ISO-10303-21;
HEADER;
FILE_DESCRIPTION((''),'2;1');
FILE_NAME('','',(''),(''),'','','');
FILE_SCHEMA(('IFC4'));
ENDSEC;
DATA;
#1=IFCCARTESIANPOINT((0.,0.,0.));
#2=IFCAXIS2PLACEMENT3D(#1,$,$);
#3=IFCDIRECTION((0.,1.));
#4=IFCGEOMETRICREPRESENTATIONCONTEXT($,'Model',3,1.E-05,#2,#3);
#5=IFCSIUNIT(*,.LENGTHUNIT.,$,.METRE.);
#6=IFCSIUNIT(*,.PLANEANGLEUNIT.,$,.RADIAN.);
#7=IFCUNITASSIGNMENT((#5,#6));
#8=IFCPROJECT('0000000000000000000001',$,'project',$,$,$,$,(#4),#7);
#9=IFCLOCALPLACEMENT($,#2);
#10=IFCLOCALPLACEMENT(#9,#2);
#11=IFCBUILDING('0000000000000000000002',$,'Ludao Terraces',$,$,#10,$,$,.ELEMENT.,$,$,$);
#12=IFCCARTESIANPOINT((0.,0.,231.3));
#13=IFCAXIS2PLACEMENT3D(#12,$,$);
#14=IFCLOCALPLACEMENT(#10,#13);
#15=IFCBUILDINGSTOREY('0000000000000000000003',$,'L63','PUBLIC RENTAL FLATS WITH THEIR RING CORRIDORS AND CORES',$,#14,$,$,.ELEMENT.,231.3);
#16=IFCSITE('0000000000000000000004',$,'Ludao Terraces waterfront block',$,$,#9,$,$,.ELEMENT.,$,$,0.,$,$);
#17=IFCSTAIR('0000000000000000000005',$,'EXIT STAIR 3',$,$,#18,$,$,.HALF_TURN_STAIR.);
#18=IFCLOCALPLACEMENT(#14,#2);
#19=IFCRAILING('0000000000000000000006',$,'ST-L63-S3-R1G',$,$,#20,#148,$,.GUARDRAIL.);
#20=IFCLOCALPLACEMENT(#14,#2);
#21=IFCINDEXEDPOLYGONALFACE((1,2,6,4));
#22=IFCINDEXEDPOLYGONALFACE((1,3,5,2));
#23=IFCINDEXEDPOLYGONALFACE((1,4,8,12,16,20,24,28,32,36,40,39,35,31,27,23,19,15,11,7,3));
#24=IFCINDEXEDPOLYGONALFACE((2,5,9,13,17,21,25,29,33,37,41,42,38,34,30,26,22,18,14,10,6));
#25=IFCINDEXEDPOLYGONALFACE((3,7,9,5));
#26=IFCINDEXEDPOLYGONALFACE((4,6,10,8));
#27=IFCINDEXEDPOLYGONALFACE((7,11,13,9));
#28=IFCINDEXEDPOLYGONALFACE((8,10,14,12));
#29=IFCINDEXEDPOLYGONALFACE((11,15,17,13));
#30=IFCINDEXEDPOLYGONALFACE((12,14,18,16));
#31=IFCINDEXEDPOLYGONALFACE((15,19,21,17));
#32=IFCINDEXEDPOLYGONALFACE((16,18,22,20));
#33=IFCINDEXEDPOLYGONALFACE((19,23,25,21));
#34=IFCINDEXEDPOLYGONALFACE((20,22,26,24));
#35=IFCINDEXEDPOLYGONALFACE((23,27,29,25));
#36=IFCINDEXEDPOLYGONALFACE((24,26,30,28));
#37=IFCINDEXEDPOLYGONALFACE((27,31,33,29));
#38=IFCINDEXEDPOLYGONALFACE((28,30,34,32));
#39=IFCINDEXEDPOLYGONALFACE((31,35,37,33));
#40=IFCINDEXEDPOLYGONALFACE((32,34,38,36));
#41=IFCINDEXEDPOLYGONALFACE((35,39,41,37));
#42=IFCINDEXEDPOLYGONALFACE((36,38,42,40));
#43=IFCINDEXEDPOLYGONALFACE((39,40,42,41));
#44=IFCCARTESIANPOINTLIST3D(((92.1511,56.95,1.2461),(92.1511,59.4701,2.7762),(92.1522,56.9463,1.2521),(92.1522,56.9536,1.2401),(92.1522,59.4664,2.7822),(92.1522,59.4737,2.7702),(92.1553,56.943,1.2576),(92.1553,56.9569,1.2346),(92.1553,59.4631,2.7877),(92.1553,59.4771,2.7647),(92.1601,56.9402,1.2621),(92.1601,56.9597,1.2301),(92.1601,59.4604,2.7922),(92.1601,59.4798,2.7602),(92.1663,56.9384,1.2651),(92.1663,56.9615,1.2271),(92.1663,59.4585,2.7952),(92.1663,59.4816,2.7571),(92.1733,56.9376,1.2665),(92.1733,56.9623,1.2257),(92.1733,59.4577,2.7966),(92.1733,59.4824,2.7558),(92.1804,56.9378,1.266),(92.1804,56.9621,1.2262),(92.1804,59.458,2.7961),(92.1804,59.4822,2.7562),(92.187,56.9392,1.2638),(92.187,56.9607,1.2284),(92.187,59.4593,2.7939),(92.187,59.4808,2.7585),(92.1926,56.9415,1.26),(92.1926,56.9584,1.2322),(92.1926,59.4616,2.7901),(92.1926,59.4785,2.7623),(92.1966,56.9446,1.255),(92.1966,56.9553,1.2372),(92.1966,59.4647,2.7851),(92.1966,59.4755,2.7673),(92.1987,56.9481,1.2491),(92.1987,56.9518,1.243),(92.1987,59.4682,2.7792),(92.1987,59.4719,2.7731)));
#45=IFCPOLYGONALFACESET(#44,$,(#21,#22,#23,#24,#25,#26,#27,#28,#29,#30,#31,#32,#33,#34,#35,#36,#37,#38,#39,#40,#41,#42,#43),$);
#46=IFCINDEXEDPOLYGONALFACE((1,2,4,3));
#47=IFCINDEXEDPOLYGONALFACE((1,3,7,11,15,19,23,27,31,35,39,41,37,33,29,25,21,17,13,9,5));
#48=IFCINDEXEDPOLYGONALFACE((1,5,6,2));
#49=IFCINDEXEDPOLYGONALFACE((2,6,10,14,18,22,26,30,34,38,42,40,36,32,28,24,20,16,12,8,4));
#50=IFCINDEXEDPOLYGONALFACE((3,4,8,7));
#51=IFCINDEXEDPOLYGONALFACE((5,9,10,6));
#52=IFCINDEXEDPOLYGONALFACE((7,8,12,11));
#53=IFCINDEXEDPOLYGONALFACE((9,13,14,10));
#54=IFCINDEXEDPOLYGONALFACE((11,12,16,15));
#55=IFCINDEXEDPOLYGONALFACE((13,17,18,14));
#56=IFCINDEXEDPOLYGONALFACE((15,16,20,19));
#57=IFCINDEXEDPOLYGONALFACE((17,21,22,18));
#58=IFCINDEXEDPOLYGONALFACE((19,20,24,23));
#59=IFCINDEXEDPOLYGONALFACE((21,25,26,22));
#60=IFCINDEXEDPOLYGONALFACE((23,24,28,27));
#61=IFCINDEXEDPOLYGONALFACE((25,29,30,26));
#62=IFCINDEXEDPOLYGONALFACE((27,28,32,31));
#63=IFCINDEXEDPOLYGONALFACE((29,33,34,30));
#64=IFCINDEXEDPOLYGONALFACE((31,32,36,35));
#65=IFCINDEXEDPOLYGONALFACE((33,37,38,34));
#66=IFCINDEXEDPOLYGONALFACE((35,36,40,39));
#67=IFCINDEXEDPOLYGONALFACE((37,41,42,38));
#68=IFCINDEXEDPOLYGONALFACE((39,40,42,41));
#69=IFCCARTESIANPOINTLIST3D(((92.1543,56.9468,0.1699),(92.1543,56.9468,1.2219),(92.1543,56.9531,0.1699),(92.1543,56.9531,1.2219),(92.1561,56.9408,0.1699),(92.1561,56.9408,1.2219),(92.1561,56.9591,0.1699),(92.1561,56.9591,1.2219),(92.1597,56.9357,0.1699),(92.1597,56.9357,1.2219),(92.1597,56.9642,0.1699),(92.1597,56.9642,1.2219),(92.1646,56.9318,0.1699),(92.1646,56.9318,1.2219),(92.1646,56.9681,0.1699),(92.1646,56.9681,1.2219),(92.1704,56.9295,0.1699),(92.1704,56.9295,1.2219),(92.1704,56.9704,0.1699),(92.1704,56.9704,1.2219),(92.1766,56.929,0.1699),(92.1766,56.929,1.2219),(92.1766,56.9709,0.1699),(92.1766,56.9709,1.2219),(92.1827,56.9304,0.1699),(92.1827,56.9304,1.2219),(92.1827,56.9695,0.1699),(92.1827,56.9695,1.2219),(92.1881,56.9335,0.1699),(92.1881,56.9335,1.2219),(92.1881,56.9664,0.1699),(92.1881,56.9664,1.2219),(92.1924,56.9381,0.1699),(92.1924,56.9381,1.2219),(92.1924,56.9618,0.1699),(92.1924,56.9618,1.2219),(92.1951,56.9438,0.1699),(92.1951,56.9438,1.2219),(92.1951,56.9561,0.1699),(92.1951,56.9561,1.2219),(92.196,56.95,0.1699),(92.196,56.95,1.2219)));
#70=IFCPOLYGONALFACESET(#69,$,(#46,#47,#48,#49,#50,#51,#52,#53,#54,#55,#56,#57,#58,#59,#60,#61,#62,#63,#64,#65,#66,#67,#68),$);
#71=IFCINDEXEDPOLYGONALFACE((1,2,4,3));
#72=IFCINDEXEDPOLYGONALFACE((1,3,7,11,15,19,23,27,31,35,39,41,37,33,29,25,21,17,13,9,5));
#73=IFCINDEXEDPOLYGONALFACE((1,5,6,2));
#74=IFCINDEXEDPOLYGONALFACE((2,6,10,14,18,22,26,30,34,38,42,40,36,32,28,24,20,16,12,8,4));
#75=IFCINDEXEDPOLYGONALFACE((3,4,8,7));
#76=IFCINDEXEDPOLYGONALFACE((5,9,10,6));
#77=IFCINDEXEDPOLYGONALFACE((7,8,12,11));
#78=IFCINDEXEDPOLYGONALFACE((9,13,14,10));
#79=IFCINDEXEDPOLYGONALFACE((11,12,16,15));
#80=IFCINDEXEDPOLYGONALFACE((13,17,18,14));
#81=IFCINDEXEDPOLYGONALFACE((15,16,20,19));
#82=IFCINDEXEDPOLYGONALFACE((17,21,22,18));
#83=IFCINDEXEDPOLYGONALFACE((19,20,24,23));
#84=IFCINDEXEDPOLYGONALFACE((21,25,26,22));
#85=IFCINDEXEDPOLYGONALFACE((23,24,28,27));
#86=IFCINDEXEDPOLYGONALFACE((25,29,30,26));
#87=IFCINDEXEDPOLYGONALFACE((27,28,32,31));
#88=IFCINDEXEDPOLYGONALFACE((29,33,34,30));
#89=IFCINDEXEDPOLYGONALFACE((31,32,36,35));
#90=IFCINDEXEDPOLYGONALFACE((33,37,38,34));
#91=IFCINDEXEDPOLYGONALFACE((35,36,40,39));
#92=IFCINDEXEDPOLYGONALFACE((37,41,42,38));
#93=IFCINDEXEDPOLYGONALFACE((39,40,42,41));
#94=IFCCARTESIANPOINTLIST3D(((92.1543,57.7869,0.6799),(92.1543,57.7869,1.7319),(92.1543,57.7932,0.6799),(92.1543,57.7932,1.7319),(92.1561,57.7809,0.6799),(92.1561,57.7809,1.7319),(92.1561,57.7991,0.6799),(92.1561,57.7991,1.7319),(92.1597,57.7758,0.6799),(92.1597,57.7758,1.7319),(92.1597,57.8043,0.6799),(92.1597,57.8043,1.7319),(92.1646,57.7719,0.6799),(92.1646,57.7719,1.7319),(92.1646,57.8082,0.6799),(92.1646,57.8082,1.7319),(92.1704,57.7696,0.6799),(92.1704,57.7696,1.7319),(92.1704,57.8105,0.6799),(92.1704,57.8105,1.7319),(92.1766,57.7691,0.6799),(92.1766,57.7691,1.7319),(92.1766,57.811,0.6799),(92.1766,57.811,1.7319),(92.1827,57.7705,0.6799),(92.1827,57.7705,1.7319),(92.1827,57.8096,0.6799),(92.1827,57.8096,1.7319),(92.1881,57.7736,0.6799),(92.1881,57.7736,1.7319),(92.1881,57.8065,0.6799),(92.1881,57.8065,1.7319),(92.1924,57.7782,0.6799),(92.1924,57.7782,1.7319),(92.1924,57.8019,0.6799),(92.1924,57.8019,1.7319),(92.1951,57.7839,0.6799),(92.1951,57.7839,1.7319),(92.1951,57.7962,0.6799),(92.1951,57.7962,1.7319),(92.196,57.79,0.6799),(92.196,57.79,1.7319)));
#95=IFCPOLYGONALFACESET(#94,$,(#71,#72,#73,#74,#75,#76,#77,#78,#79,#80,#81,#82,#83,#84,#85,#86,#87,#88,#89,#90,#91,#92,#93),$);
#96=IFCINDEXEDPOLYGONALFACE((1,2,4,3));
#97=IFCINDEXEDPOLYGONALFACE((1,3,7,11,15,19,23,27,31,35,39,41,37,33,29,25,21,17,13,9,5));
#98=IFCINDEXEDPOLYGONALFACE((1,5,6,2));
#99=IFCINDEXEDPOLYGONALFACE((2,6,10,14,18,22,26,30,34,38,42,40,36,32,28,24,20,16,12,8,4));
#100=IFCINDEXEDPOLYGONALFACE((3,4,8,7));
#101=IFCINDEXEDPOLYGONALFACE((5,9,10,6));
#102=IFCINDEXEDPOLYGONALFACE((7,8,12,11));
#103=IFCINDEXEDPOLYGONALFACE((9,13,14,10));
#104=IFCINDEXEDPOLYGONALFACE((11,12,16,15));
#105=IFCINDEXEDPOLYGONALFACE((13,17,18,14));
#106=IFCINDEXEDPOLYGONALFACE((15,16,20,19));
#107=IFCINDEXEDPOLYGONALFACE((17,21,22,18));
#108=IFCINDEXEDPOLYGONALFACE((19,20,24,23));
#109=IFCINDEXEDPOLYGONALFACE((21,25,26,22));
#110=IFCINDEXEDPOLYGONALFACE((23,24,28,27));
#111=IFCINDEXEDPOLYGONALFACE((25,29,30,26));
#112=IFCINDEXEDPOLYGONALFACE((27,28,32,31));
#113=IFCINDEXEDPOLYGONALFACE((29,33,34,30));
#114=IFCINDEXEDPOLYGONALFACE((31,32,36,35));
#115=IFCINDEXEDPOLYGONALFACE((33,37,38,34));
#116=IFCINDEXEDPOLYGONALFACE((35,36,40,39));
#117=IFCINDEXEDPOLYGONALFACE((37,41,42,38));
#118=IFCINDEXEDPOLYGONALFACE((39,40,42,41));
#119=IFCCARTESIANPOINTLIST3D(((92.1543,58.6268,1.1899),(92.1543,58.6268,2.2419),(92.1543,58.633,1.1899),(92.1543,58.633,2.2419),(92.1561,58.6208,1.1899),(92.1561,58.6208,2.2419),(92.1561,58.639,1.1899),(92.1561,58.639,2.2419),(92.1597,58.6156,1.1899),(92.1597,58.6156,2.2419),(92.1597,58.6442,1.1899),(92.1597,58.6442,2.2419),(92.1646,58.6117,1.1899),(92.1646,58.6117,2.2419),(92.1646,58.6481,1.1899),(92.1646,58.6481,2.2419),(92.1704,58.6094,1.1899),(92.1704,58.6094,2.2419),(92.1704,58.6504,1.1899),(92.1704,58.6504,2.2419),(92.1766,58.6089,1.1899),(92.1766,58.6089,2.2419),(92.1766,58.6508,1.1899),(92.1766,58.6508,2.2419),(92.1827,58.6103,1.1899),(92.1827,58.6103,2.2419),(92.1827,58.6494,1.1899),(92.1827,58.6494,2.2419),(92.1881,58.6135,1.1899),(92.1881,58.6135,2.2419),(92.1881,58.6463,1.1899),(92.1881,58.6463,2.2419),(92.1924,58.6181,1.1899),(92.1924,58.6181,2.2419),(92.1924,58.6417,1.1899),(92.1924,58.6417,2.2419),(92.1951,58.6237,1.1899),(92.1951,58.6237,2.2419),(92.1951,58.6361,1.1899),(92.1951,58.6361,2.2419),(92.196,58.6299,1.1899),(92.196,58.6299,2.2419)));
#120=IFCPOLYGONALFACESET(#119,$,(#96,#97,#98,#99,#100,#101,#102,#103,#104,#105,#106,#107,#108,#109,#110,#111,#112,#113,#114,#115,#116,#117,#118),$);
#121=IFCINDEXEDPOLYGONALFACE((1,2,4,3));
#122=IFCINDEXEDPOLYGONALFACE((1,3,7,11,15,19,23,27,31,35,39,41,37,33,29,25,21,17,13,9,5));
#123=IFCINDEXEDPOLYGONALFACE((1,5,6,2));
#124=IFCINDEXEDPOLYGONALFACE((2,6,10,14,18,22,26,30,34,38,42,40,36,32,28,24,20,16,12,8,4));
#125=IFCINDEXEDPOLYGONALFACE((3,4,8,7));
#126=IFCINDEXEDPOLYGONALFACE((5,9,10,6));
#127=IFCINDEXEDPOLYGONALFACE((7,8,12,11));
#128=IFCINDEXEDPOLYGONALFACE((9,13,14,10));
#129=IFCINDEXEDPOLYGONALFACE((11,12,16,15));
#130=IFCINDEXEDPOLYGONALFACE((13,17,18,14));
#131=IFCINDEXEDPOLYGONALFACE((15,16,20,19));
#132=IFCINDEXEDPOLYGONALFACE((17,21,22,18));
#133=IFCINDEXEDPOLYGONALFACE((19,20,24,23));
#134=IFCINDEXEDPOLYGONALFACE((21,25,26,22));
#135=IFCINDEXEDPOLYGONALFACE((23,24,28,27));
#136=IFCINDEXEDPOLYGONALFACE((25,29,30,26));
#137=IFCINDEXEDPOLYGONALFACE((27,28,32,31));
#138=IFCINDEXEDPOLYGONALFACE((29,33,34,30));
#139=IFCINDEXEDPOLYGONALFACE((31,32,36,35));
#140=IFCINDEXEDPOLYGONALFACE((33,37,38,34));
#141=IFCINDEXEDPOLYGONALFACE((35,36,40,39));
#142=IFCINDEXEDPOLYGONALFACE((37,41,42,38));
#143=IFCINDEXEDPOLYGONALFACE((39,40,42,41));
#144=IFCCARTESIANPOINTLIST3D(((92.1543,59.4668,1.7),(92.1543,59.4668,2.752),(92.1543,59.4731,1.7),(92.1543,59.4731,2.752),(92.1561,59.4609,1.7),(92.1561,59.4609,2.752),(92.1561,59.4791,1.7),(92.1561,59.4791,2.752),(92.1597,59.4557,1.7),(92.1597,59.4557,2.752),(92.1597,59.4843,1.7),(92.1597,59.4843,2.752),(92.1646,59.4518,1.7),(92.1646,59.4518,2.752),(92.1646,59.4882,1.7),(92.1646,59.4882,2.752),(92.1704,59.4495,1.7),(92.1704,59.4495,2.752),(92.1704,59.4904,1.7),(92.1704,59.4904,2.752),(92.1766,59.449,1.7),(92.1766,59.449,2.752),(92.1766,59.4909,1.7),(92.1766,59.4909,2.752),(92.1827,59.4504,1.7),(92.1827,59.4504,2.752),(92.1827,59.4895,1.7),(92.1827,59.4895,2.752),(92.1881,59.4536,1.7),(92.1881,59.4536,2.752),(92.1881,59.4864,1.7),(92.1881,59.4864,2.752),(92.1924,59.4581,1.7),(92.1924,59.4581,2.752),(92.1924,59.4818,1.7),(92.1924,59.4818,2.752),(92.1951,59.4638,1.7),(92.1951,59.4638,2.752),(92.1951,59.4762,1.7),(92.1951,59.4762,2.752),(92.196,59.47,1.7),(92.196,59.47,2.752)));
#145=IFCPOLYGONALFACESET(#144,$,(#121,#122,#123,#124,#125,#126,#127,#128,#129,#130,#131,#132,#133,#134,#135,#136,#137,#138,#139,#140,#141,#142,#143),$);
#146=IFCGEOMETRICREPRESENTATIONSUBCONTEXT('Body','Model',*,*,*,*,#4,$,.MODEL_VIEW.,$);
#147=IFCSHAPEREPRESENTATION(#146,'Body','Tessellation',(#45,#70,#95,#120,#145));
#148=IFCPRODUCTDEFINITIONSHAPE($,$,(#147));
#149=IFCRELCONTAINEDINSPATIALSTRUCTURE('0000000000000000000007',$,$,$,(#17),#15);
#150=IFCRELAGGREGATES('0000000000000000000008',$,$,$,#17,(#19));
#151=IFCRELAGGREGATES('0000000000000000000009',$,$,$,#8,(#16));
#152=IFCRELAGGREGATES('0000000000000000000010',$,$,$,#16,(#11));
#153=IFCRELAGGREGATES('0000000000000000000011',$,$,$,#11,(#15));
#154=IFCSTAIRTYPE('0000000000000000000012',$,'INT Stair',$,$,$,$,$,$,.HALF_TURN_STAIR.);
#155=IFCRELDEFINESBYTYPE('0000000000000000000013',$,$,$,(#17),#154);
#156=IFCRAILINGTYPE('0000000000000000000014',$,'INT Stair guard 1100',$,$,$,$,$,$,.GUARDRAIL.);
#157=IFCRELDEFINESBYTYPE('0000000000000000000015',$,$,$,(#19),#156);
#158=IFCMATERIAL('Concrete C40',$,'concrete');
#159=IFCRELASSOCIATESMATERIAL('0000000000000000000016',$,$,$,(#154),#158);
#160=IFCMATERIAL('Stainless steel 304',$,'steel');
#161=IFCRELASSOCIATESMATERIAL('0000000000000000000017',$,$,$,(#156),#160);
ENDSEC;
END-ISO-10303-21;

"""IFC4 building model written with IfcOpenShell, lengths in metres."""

from ifc_helpers import new_model, si_unit, direction, frame, origin, origin_2d, place, context, subcontext, project, spatial, circle, extrude, material, type_object, element, aggregate, save


model = new_model("IFC4")

# Units and contexts
model_context = context("Model", 3, precision=1e-05, world=origin(), true_north=direction((0.0, 1.0)))
body_context = subcontext(model_context, "Body", "Model", "MODEL_VIEW")
ifc_project = project(units=[si_unit("LENGTHUNIT", "METRE"), si_unit("PLANEANGLEUNIT", "RADIAN")], contexts=[model_context])

# Site, building, storey
site_placement = place(None, origin())
site = spatial("IfcSite", under=ifc_project, at=site_placement, Name="Ludao Terraces waterfront block", CompositionType="ELEMENT", RefElevation=0.0)
building_placement = place(site_placement, origin())
building = spatial("IfcBuilding", under=site, at=building_placement, Name="Ludao Terraces", CompositionType="ELEMENT")
storey_placement = place(building_placement, frame((0.0, 0.0, 231.3)))
storey = spatial("IfcBuildingStorey", under=building, at=storey_placement, Name="L63", Description="PUBLIC RENTAL FLATS WITH THEIR RING CORRIDORS AND CORES", CompositionType="ELEMENT", Elevation=231.3)

# Shared definitions
ifc_material_1 = material(Name="Concrete C40", Category="concrete")

# Stair, railing
stair_type = type_object("IfcStairType", Name="INT Stair", PredefinedType="HALF_TURN_STAIR", material=ifc_material_1)
stair_placement = place(storey_placement, origin())
stair = element("IfcStair", 1, at=stair_placement, inside=storey, type_object=stair_type, Name="EXIT STAIR 3", PredefinedType="HALF_TURN_STAIR")
ifc_material_2 = material(Name="Stainless steel 304", Category="steel")
railing_type_1 = type_object("IfcRailingType", Name="INT Stair guard 1100", PredefinedType="GUARDRAIL", material=ifc_material_2)
railing_1_placement = place(storey_placement, frame((92.175, 56.95, 0.1699)))
railing_1 = element("IfcRailing", 2, at=railing_1_placement, type_object=railing_type_1, Name="ST-L63-S3-R1G", PredefinedType="GUARDRAIL", context=body_context, shape_type="SweptSolid", body=[
    extrude(circle(Radius=0.0239, at=origin_2d()), frame((0.0, 0.0, 1.0762), z_axis=(0.0, 0.854785, 0.518982), x_axis=(-1.0, 0.0, 0.0)), (0.0, 0.0, 1.0), 2.9482),
    extrude(circle(Radius=0.021, at=origin_2d()), origin(), (0.0, 0.0, 1.0), 1.052),
    extrude(circle(Radius=0.021, at=origin_2d()), frame((0.0, 0.8401, 0.51)), (0.0, 0.0, 1.0), 1.052),
    extrude(circle(Radius=0.021, at=origin_2d()), frame((0.0, 1.6799, 1.02)), (0.0, 0.0, 1.0), 1.052),
    extrude(circle(Radius=0.021, at=origin_2d()), frame((0.0, 2.52, 1.53)), (0.0, 0.0, 1.0), 1.052),
])
aggregate(stair, [railing_1])

save(model, "model.ifc")
